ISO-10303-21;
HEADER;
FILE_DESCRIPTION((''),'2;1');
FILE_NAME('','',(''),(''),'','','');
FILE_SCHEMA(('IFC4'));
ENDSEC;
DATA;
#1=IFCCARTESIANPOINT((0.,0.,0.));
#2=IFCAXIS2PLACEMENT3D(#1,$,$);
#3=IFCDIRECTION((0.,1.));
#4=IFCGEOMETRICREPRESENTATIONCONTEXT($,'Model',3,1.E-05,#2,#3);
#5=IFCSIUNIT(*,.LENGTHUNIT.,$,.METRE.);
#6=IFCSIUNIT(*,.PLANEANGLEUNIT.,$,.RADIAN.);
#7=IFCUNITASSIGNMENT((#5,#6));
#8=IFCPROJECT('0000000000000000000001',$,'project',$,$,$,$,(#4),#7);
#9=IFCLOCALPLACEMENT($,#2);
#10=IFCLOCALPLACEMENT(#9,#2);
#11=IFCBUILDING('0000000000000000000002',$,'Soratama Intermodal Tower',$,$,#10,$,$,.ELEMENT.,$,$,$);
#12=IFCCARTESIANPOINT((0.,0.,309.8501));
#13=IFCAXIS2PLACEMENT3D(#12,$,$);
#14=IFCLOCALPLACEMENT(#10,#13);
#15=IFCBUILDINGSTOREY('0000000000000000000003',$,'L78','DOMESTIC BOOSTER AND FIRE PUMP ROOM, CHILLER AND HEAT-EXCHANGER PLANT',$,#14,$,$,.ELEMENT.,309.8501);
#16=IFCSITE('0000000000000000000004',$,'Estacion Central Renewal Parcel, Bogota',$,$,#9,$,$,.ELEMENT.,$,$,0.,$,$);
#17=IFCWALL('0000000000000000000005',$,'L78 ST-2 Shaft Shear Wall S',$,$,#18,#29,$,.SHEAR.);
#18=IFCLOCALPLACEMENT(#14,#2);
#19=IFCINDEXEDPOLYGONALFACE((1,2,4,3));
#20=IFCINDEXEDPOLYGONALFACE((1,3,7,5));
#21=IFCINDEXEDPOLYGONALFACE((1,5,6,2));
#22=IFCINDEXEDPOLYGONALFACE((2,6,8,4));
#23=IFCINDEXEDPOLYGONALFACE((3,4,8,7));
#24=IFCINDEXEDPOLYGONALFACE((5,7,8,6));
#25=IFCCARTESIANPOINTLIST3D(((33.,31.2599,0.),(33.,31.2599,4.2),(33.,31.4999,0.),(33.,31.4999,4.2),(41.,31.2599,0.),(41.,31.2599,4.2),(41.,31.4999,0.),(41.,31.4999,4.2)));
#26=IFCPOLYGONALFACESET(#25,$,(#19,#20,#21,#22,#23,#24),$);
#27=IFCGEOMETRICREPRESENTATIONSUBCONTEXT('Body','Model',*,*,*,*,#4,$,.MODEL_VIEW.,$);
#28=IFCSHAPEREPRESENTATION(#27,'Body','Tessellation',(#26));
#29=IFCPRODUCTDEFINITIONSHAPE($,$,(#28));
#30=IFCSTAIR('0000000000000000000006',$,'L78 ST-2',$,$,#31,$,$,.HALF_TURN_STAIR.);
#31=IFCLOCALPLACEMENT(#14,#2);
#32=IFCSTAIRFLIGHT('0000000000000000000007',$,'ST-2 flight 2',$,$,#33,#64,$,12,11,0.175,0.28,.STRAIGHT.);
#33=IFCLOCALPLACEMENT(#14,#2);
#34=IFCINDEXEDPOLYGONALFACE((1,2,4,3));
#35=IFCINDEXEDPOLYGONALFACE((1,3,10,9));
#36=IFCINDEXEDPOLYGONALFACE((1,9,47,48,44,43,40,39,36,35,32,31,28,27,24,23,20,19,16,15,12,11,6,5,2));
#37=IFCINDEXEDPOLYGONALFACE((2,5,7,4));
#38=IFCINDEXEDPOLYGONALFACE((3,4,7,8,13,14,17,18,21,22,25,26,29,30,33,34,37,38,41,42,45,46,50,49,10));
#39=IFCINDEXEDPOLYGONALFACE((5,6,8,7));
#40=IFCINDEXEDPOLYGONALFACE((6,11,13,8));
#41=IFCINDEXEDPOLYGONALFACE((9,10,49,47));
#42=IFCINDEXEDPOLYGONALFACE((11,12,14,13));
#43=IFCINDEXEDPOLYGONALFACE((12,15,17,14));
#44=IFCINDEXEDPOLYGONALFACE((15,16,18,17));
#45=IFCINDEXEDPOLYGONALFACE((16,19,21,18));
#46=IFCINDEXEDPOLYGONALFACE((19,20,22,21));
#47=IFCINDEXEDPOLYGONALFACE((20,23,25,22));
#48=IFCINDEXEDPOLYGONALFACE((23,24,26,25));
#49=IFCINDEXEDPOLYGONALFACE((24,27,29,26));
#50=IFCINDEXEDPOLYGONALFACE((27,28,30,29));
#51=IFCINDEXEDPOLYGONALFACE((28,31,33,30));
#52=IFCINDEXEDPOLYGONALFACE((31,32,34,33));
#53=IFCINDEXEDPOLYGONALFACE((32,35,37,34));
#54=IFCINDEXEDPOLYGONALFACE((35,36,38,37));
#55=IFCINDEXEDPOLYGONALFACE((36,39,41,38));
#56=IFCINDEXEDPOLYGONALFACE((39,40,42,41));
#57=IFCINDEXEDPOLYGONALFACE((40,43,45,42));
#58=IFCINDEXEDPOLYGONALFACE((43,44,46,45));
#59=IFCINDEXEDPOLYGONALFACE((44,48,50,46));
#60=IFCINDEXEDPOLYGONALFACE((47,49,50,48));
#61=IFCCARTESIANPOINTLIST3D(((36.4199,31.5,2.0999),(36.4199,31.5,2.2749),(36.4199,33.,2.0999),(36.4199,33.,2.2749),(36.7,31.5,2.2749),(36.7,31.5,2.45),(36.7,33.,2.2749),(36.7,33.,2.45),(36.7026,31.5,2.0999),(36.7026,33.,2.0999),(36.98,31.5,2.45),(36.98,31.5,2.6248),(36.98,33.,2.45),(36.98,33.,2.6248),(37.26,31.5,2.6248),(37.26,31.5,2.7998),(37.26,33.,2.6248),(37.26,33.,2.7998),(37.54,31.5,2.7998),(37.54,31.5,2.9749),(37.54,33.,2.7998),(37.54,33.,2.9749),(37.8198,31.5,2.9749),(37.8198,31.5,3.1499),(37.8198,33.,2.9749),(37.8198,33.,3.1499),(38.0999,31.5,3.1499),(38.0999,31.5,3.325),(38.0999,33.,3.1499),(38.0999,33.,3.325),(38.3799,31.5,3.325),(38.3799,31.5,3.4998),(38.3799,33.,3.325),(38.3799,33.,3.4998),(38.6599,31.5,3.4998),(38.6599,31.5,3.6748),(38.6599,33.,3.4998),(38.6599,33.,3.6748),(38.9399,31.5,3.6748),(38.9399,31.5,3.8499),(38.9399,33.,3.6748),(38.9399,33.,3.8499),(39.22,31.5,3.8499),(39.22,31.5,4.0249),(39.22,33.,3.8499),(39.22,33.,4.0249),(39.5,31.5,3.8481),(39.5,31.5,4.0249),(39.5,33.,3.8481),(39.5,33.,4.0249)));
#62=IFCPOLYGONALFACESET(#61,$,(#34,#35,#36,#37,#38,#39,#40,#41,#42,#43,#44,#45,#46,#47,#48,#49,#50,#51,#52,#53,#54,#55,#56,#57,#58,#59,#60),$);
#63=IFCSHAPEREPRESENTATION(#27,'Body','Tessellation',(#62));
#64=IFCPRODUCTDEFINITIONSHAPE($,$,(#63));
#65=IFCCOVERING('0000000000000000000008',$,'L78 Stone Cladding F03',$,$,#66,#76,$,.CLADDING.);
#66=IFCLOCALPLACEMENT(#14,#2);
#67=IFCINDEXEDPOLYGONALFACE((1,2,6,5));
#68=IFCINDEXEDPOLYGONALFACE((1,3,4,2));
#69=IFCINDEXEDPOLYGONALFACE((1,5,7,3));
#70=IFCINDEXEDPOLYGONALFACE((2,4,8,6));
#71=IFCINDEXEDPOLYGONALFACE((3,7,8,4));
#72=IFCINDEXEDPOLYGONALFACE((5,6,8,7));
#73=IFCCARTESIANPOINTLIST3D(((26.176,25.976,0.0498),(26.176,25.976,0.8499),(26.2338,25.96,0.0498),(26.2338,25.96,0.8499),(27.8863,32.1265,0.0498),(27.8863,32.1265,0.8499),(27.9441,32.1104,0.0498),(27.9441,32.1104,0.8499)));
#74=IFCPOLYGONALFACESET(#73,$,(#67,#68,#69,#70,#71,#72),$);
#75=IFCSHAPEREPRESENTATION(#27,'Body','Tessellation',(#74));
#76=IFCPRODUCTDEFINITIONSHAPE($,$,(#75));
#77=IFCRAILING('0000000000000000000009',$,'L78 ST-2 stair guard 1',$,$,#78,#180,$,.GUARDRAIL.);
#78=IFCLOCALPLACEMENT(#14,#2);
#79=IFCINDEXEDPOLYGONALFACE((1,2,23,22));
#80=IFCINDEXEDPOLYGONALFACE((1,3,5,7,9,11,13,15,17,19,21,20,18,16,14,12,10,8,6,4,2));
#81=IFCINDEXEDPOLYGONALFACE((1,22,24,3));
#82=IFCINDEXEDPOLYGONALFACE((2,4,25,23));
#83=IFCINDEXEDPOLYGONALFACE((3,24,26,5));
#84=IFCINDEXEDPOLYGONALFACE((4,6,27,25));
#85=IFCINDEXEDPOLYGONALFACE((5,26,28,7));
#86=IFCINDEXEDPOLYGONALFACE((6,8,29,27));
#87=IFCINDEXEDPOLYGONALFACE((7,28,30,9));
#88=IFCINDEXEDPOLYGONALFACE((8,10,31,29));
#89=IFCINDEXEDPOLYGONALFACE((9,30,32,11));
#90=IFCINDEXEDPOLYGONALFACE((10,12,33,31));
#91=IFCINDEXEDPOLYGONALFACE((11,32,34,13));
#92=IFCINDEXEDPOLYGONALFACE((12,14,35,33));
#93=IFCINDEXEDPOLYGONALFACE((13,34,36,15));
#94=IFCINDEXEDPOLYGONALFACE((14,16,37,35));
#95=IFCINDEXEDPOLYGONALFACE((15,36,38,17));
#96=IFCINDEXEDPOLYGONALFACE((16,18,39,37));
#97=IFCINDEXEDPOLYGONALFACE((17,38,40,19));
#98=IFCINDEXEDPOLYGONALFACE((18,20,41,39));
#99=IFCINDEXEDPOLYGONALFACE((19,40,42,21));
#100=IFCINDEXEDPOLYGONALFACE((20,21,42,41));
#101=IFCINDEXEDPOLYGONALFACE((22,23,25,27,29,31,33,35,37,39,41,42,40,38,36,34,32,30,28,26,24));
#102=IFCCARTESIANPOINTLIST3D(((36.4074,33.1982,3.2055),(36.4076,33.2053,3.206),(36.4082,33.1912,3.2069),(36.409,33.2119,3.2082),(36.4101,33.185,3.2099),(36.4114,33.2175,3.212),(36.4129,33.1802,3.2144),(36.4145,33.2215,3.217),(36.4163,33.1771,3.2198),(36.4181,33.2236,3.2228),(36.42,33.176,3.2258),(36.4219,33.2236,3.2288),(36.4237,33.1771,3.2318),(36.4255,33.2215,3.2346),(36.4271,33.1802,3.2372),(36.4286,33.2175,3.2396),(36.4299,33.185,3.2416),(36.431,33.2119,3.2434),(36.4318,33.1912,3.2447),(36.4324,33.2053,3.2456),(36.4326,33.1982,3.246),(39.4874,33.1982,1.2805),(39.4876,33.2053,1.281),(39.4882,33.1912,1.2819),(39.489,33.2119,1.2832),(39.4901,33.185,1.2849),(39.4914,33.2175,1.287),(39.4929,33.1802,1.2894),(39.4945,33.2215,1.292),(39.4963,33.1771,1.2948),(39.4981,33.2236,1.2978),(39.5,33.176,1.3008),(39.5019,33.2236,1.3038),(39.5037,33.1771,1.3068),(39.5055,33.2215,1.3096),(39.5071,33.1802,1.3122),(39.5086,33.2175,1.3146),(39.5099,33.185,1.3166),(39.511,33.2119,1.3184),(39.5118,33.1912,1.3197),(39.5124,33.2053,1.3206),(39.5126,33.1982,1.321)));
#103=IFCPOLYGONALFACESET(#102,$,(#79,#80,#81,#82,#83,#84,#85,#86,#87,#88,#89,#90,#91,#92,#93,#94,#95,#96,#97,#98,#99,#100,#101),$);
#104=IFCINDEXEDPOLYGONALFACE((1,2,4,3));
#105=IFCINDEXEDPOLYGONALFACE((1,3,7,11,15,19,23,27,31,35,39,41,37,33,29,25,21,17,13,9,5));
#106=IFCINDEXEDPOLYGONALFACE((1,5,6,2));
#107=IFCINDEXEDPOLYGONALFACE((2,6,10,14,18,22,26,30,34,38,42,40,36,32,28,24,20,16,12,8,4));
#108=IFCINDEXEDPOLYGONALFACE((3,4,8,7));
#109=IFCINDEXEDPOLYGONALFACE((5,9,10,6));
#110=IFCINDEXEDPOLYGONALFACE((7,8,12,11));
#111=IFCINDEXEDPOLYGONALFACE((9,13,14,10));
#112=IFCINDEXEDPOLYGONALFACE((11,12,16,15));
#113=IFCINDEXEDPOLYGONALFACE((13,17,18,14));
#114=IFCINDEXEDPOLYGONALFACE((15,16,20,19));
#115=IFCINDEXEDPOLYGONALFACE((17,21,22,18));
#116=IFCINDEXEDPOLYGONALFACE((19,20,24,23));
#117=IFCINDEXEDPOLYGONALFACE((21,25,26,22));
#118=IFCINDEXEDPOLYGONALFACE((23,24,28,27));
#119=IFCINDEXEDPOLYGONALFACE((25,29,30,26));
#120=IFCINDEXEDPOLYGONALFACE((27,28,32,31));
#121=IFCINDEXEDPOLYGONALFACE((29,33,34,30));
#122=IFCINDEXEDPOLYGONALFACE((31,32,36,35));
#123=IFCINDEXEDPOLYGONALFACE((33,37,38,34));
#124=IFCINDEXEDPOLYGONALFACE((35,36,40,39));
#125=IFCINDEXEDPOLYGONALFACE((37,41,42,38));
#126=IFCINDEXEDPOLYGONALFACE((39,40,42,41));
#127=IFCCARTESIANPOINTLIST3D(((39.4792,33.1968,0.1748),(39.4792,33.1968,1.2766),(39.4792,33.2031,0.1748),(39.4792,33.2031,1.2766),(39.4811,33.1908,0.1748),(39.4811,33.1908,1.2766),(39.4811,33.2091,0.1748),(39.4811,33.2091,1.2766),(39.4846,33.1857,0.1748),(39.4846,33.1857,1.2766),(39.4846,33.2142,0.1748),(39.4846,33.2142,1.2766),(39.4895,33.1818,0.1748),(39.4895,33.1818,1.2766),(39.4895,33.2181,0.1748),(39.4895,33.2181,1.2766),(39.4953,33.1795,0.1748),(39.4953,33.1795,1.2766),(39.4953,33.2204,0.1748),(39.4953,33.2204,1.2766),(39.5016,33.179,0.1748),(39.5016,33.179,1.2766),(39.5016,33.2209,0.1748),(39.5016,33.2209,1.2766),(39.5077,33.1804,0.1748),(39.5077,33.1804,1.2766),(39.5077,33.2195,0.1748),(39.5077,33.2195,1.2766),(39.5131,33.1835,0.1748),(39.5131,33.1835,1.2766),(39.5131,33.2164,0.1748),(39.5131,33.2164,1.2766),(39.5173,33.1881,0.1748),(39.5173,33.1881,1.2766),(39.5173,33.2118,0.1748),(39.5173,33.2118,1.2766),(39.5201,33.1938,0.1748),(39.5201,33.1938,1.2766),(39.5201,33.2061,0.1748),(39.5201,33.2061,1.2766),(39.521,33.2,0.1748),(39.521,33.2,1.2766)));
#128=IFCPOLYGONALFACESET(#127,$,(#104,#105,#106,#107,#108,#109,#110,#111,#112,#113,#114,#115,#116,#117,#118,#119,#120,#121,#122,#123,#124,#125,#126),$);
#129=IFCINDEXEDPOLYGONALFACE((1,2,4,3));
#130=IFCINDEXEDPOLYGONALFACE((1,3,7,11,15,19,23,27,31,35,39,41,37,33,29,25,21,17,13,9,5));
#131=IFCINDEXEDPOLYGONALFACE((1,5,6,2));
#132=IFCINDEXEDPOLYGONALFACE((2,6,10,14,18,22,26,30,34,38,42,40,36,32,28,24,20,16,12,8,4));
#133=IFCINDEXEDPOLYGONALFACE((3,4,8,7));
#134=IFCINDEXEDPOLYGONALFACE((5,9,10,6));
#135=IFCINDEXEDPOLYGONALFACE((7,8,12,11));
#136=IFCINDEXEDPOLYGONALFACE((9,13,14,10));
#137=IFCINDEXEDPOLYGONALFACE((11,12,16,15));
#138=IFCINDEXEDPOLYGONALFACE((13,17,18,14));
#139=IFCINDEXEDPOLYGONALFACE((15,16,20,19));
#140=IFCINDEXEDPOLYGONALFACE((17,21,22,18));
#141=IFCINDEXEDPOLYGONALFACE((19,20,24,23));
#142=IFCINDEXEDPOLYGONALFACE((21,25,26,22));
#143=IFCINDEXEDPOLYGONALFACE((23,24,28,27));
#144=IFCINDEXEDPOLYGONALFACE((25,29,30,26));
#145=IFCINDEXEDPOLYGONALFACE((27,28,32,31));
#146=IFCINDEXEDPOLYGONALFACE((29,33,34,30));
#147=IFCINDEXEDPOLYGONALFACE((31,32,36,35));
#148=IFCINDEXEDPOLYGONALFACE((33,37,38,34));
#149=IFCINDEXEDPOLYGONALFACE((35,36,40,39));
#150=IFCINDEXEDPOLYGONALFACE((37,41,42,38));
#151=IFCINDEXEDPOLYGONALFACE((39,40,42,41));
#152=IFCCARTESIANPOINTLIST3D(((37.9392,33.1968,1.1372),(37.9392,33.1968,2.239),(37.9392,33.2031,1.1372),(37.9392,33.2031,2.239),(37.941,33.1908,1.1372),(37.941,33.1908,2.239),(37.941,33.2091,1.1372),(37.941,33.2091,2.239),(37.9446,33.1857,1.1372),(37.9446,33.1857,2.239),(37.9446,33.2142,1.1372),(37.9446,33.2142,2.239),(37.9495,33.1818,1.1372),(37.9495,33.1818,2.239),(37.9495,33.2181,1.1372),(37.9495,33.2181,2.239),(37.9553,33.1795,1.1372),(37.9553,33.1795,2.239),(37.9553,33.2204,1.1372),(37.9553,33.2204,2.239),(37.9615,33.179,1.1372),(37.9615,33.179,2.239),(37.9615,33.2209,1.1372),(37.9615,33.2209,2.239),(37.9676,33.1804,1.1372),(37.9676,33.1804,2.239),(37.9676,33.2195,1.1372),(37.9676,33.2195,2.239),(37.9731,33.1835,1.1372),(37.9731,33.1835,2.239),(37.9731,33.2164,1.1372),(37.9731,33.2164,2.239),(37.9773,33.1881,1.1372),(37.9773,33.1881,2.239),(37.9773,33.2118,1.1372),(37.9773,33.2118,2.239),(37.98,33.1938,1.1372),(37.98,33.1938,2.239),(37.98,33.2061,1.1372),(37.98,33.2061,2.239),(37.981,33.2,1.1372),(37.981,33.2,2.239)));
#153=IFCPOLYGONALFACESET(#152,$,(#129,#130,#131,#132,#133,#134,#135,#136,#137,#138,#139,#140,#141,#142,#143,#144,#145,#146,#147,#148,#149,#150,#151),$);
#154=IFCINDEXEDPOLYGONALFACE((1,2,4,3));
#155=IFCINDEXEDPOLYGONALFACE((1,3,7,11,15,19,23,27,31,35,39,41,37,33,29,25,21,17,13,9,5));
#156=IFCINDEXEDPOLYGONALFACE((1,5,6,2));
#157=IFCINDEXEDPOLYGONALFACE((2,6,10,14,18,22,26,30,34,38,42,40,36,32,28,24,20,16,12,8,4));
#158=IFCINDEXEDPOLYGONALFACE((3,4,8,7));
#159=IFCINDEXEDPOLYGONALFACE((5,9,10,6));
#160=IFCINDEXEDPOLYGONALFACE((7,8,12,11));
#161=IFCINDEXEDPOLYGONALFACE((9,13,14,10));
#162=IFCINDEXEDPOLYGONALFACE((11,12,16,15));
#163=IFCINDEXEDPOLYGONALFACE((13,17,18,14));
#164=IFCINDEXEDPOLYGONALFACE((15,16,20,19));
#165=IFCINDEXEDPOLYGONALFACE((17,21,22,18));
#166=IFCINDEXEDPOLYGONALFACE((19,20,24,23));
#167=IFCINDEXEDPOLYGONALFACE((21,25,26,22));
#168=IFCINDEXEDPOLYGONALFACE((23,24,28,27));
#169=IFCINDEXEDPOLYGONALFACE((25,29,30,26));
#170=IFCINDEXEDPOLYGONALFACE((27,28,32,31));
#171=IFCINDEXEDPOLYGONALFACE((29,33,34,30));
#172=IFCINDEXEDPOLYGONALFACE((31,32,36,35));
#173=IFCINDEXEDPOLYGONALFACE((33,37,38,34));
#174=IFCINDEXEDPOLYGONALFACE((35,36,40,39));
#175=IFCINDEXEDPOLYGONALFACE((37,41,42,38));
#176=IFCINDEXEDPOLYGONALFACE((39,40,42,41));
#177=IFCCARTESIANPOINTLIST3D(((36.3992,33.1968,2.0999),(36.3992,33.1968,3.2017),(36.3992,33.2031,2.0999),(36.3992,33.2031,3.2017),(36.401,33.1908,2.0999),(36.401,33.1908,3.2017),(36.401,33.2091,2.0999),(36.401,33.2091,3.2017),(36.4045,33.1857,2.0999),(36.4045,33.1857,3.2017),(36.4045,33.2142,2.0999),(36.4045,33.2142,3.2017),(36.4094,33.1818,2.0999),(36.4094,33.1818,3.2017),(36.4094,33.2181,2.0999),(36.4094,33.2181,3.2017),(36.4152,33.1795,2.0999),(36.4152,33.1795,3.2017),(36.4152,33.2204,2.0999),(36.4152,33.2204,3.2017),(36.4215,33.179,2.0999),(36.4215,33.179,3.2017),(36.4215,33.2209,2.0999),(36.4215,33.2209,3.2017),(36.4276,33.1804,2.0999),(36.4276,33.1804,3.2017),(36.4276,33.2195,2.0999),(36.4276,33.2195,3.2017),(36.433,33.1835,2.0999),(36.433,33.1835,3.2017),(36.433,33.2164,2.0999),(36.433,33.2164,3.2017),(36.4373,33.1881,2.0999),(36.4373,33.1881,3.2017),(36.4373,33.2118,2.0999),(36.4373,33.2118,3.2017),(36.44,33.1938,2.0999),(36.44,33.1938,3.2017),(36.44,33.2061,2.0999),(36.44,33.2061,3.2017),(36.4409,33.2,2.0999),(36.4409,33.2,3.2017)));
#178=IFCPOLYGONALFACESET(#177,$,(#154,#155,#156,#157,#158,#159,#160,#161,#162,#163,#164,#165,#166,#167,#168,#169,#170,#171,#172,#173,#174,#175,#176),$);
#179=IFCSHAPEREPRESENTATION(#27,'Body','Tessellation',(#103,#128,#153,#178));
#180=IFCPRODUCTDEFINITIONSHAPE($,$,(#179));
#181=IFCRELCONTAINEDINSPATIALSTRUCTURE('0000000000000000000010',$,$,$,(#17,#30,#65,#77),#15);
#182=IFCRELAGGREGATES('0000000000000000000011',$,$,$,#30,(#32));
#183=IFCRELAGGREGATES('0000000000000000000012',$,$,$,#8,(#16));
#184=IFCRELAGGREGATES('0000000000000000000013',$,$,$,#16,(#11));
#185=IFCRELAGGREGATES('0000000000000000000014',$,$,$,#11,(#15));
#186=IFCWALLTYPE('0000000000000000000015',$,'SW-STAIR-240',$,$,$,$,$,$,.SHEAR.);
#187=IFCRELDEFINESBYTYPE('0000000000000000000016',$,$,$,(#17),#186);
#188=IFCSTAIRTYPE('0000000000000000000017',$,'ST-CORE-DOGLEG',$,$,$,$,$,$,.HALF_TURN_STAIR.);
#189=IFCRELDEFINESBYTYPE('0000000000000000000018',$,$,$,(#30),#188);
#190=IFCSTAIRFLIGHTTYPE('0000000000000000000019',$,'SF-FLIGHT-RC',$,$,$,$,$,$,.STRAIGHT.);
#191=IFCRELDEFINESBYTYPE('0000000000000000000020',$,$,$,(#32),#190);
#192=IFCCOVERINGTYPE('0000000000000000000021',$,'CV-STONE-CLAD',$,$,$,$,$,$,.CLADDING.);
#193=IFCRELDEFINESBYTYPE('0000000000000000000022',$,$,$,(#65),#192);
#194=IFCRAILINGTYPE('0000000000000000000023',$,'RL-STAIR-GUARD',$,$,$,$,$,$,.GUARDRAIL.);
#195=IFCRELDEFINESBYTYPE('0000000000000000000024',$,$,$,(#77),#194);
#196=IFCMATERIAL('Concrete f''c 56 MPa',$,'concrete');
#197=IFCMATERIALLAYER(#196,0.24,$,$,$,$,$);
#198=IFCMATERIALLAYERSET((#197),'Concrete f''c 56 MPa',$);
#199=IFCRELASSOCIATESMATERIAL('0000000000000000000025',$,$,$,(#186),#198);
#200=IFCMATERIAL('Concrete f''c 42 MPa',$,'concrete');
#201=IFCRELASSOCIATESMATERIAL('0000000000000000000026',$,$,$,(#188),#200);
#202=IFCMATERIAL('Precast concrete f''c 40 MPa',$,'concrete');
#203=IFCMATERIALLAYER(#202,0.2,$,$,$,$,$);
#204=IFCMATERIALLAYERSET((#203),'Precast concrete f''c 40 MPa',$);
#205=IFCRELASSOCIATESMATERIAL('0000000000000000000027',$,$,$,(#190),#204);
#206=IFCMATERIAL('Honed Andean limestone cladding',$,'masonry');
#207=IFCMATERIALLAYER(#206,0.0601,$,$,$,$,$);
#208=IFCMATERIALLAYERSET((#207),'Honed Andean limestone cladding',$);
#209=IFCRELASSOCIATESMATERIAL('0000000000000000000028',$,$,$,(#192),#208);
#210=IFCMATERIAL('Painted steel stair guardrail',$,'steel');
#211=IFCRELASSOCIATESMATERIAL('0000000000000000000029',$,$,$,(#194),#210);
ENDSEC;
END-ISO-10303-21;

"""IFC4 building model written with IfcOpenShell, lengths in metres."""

from ifc_helpers import new_model, si_unit, direction, frame, frame_2d, origin, origin_2d, place, context, subcontext, project, spatial, polyline, rectangle, circle, outline, extrude, material, layer, layer_set, type_object, element, aggregate, save


model = new_model("IFC4")

# Units and contexts
model_context = context("Model", 3, precision=1e-05, world=origin(), true_north=direction((0.0, 1.0)))
body_context = subcontext(model_context, "Body", "Model", "MODEL_VIEW")
ifc_project = project(units=[si_unit("LENGTHUNIT", "METRE"), si_unit("PLANEANGLEUNIT", "RADIAN")], contexts=[model_context])

# Site, building, storey
site_placement = place(None, origin())
site = spatial("IfcSite", under=ifc_project, at=site_placement, Name="Estacion Central Renewal Parcel, Bogota", CompositionType="ELEMENT", RefElevation=0.0)
building_placement = place(site_placement, origin())
building = spatial("IfcBuilding", under=site, at=building_placement, Name="Soratama Intermodal Tower", CompositionType="ELEMENT")
storey_placement = place(building_placement, frame((0.0, 0.0, 309.8501)))
storey = spatial("IfcBuildingStorey", under=building, at=storey_placement, Name="L78", Description="DOMESTIC BOOSTER AND FIRE PUMP ROOM, CHILLER AND HEAT-EXCHANGER PLANT", CompositionType="ELEMENT", Elevation=309.8501)

# Wall
ifc_material_1 = material(Name="Concrete f'c 56 MPa", Category="concrete")
ifc_layer_1 = layer(ifc_material_1, 0.24)
ifc_layer_set_1 = layer_set([ifc_layer_1], Name="Concrete f'c 56 MPa")
wall_type_1 = type_object("IfcWallType", Name="SW-STAIR-240", PredefinedType="SHEAR", material=ifc_layer_set_1)
wall_1_placement = place(storey_placement, frame((33.0, 31.3799, 0.0), z_axis=(0.0, 0.0, 1.0), x_axis=(1.0, 0.0, 0.0)))
element("IfcWall", 1, at=wall_1_placement, inside=storey, type_object=wall_type_1, Name="L78 ST-2 Shaft Shear Wall S", PredefinedType="SHEAR", context=body_context, shape_type="SweptSolid", body=[
    extrude(rectangle(XDim=8.0, YDim=0.24, at=frame_2d((4.0, 0.0))), origin(), (0.0, 0.0, 1.0), 4.2),
])

# Stair, stair flight
ifc_material_2 = material(Name="Concrete f'c 42 MPa", Category="concrete")
stair_type = type_object("IfcStairType", Name="ST-CORE-DOGLEG", PredefinedType="HALF_TURN_STAIR", material=ifc_material_2)
stair_placement = place(storey_placement, origin())
stair = element("IfcStair", 2, at=stair_placement, inside=storey, type_object=stair_type, Name="L78 ST-2", PredefinedType="HALF_TURN_STAIR")
ifc_material_3 = material(Name="Precast concrete f'c 40 MPa", Category="concrete")
ifc_layer_2 = layer(ifc_material_3, 0.2)
ifc_layer_set_2 = layer_set([ifc_layer_2], Name="Precast concrete f'c 40 MPa")
stair_flight_type = type_object("IfcStairFlightType", Name="SF-FLIGHT-RC", PredefinedType="STRAIGHT", material=ifc_layer_set_2)
stair_flight_placement = place(storey_placement, frame((36.4199, 32.25, 2.0999), z_axis=(0.0, 0.0, 1.0), x_axis=(1.0, 0.0, 0.0)))
stair_flight = element("IfcStairFlight", 3, at=stair_flight_placement, type_object=stair_flight_type, Name="ST-2 flight 2", NumberOfRisers=12, NumberOfTreads=11, PredefinedType="STRAIGHT", RiserHeight=0.175, TreadLength=0.28, context=body_context, shape_type="SweptSolid", body=[
    extrude(outline(polyline([(0.0, 0.0), (0.0, 0.175), (0.28, 0.175), (0.28, 0.3501), (0.5601, 0.3501), (0.5601, 0.5249), (0.8401, 0.5249), (0.8401, 0.7), (1.1201, 0.7), (1.1201, 0.875), (1.3999, 0.875), (1.3999, 1.05), (1.6799, 1.05), (1.6799, 1.2251), (1.96, 1.2251), (1.96, 1.3999), (2.24, 1.3999), (2.24, 1.575), (2.52, 1.575), (2.52, 1.75), (2.8, 1.75), (2.8, 1.925), (3.0801, 1.925), (3.0801, 2.1001), (3.0801, 1.7483), (0.2827, 0.0), (0.0, 0.0)])), frame((0.0, 0.75, 0.0), z_axis=(0.0, -1.0, 0.0), x_axis=(1.0, 0.0, 0.0)), (0.0, 0.0, 1.0), 1.5),
])
aggregate(stair, [stair_flight])

# Covering
ifc_material_4 = material(Name="Honed Andean limestone cladding", Category="masonry")
ifc_layer_3 = layer(ifc_material_4, 0.0601)
ifc_layer_set_3 = layer_set([ifc_layer_3], Name="Honed Andean limestone cladding")
covering_type = type_object("IfcCoveringType", Name="CV-STONE-CLAD", PredefinedType="CLADDING", material=ifc_layer_set_3)
covering_placement = place(storey_placement, frame((27.0601, 29.0432, 0.0498), z_axis=(0.0, 0.0, 1.0), x_axis=(-0.267911, -0.963444, 0.0)))
element("IfcCovering", 4, at=covering_placement, inside=storey, type_object=covering_type, Name="L78 Stone Cladding F03", PredefinedType="CLADDING", context=body_context, shape_type="SweptSolid", body=[
    extrude(rectangle(XDim=6.3838, YDim=0.0601, at=origin_2d()), origin(), (0.0, 0.0, 1.0), 0.8),
])

# Railing
ifc_material_5 = material(Name="Painted steel stair guardrail", Category="steel")
railing_type_1 = type_object("IfcRailingType", Name="RL-STAIR-GUARD", PredefinedType="GUARDRAIL", material=ifc_material_5)
railing_1_placement = place(storey_placement, frame((39.5, 33.2, 0.1748)))
element("IfcRailing", 5, at=railing_1_placement, inside=storey, type_object=railing_type_1, Name="L78 ST-2 stair guard 1", PredefinedType="GUARDRAIL", context=body_context, shape_type="SweptSolid", body=[
    extrude(circle(Radius=0.0239, at=origin_2d()), frame((0.0, 0.0, 1.126), z_axis=(-0.847998, 0.0, 0.529999), x_axis=(0.0, -1.0, 0.0)), (0.0, 0.0, 1.0), 3.6321),
    extrude(circle(Radius=0.021, at=origin_2d()), origin(), (0.0, 0.0, 1.0), 1.1018),
    extrude(circle(Radius=0.021, at=origin_2d()), frame((-1.54, 0.0, 0.9624)), (0.0, 0.0, 1.0), 1.1018),
    extrude(circle(Radius=0.021, at=origin_2d()), frame((-3.0801, 0.0, 1.925)), (0.0, 0.0, 1.0), 1.1018),
])

save(model, "model.ifc")
